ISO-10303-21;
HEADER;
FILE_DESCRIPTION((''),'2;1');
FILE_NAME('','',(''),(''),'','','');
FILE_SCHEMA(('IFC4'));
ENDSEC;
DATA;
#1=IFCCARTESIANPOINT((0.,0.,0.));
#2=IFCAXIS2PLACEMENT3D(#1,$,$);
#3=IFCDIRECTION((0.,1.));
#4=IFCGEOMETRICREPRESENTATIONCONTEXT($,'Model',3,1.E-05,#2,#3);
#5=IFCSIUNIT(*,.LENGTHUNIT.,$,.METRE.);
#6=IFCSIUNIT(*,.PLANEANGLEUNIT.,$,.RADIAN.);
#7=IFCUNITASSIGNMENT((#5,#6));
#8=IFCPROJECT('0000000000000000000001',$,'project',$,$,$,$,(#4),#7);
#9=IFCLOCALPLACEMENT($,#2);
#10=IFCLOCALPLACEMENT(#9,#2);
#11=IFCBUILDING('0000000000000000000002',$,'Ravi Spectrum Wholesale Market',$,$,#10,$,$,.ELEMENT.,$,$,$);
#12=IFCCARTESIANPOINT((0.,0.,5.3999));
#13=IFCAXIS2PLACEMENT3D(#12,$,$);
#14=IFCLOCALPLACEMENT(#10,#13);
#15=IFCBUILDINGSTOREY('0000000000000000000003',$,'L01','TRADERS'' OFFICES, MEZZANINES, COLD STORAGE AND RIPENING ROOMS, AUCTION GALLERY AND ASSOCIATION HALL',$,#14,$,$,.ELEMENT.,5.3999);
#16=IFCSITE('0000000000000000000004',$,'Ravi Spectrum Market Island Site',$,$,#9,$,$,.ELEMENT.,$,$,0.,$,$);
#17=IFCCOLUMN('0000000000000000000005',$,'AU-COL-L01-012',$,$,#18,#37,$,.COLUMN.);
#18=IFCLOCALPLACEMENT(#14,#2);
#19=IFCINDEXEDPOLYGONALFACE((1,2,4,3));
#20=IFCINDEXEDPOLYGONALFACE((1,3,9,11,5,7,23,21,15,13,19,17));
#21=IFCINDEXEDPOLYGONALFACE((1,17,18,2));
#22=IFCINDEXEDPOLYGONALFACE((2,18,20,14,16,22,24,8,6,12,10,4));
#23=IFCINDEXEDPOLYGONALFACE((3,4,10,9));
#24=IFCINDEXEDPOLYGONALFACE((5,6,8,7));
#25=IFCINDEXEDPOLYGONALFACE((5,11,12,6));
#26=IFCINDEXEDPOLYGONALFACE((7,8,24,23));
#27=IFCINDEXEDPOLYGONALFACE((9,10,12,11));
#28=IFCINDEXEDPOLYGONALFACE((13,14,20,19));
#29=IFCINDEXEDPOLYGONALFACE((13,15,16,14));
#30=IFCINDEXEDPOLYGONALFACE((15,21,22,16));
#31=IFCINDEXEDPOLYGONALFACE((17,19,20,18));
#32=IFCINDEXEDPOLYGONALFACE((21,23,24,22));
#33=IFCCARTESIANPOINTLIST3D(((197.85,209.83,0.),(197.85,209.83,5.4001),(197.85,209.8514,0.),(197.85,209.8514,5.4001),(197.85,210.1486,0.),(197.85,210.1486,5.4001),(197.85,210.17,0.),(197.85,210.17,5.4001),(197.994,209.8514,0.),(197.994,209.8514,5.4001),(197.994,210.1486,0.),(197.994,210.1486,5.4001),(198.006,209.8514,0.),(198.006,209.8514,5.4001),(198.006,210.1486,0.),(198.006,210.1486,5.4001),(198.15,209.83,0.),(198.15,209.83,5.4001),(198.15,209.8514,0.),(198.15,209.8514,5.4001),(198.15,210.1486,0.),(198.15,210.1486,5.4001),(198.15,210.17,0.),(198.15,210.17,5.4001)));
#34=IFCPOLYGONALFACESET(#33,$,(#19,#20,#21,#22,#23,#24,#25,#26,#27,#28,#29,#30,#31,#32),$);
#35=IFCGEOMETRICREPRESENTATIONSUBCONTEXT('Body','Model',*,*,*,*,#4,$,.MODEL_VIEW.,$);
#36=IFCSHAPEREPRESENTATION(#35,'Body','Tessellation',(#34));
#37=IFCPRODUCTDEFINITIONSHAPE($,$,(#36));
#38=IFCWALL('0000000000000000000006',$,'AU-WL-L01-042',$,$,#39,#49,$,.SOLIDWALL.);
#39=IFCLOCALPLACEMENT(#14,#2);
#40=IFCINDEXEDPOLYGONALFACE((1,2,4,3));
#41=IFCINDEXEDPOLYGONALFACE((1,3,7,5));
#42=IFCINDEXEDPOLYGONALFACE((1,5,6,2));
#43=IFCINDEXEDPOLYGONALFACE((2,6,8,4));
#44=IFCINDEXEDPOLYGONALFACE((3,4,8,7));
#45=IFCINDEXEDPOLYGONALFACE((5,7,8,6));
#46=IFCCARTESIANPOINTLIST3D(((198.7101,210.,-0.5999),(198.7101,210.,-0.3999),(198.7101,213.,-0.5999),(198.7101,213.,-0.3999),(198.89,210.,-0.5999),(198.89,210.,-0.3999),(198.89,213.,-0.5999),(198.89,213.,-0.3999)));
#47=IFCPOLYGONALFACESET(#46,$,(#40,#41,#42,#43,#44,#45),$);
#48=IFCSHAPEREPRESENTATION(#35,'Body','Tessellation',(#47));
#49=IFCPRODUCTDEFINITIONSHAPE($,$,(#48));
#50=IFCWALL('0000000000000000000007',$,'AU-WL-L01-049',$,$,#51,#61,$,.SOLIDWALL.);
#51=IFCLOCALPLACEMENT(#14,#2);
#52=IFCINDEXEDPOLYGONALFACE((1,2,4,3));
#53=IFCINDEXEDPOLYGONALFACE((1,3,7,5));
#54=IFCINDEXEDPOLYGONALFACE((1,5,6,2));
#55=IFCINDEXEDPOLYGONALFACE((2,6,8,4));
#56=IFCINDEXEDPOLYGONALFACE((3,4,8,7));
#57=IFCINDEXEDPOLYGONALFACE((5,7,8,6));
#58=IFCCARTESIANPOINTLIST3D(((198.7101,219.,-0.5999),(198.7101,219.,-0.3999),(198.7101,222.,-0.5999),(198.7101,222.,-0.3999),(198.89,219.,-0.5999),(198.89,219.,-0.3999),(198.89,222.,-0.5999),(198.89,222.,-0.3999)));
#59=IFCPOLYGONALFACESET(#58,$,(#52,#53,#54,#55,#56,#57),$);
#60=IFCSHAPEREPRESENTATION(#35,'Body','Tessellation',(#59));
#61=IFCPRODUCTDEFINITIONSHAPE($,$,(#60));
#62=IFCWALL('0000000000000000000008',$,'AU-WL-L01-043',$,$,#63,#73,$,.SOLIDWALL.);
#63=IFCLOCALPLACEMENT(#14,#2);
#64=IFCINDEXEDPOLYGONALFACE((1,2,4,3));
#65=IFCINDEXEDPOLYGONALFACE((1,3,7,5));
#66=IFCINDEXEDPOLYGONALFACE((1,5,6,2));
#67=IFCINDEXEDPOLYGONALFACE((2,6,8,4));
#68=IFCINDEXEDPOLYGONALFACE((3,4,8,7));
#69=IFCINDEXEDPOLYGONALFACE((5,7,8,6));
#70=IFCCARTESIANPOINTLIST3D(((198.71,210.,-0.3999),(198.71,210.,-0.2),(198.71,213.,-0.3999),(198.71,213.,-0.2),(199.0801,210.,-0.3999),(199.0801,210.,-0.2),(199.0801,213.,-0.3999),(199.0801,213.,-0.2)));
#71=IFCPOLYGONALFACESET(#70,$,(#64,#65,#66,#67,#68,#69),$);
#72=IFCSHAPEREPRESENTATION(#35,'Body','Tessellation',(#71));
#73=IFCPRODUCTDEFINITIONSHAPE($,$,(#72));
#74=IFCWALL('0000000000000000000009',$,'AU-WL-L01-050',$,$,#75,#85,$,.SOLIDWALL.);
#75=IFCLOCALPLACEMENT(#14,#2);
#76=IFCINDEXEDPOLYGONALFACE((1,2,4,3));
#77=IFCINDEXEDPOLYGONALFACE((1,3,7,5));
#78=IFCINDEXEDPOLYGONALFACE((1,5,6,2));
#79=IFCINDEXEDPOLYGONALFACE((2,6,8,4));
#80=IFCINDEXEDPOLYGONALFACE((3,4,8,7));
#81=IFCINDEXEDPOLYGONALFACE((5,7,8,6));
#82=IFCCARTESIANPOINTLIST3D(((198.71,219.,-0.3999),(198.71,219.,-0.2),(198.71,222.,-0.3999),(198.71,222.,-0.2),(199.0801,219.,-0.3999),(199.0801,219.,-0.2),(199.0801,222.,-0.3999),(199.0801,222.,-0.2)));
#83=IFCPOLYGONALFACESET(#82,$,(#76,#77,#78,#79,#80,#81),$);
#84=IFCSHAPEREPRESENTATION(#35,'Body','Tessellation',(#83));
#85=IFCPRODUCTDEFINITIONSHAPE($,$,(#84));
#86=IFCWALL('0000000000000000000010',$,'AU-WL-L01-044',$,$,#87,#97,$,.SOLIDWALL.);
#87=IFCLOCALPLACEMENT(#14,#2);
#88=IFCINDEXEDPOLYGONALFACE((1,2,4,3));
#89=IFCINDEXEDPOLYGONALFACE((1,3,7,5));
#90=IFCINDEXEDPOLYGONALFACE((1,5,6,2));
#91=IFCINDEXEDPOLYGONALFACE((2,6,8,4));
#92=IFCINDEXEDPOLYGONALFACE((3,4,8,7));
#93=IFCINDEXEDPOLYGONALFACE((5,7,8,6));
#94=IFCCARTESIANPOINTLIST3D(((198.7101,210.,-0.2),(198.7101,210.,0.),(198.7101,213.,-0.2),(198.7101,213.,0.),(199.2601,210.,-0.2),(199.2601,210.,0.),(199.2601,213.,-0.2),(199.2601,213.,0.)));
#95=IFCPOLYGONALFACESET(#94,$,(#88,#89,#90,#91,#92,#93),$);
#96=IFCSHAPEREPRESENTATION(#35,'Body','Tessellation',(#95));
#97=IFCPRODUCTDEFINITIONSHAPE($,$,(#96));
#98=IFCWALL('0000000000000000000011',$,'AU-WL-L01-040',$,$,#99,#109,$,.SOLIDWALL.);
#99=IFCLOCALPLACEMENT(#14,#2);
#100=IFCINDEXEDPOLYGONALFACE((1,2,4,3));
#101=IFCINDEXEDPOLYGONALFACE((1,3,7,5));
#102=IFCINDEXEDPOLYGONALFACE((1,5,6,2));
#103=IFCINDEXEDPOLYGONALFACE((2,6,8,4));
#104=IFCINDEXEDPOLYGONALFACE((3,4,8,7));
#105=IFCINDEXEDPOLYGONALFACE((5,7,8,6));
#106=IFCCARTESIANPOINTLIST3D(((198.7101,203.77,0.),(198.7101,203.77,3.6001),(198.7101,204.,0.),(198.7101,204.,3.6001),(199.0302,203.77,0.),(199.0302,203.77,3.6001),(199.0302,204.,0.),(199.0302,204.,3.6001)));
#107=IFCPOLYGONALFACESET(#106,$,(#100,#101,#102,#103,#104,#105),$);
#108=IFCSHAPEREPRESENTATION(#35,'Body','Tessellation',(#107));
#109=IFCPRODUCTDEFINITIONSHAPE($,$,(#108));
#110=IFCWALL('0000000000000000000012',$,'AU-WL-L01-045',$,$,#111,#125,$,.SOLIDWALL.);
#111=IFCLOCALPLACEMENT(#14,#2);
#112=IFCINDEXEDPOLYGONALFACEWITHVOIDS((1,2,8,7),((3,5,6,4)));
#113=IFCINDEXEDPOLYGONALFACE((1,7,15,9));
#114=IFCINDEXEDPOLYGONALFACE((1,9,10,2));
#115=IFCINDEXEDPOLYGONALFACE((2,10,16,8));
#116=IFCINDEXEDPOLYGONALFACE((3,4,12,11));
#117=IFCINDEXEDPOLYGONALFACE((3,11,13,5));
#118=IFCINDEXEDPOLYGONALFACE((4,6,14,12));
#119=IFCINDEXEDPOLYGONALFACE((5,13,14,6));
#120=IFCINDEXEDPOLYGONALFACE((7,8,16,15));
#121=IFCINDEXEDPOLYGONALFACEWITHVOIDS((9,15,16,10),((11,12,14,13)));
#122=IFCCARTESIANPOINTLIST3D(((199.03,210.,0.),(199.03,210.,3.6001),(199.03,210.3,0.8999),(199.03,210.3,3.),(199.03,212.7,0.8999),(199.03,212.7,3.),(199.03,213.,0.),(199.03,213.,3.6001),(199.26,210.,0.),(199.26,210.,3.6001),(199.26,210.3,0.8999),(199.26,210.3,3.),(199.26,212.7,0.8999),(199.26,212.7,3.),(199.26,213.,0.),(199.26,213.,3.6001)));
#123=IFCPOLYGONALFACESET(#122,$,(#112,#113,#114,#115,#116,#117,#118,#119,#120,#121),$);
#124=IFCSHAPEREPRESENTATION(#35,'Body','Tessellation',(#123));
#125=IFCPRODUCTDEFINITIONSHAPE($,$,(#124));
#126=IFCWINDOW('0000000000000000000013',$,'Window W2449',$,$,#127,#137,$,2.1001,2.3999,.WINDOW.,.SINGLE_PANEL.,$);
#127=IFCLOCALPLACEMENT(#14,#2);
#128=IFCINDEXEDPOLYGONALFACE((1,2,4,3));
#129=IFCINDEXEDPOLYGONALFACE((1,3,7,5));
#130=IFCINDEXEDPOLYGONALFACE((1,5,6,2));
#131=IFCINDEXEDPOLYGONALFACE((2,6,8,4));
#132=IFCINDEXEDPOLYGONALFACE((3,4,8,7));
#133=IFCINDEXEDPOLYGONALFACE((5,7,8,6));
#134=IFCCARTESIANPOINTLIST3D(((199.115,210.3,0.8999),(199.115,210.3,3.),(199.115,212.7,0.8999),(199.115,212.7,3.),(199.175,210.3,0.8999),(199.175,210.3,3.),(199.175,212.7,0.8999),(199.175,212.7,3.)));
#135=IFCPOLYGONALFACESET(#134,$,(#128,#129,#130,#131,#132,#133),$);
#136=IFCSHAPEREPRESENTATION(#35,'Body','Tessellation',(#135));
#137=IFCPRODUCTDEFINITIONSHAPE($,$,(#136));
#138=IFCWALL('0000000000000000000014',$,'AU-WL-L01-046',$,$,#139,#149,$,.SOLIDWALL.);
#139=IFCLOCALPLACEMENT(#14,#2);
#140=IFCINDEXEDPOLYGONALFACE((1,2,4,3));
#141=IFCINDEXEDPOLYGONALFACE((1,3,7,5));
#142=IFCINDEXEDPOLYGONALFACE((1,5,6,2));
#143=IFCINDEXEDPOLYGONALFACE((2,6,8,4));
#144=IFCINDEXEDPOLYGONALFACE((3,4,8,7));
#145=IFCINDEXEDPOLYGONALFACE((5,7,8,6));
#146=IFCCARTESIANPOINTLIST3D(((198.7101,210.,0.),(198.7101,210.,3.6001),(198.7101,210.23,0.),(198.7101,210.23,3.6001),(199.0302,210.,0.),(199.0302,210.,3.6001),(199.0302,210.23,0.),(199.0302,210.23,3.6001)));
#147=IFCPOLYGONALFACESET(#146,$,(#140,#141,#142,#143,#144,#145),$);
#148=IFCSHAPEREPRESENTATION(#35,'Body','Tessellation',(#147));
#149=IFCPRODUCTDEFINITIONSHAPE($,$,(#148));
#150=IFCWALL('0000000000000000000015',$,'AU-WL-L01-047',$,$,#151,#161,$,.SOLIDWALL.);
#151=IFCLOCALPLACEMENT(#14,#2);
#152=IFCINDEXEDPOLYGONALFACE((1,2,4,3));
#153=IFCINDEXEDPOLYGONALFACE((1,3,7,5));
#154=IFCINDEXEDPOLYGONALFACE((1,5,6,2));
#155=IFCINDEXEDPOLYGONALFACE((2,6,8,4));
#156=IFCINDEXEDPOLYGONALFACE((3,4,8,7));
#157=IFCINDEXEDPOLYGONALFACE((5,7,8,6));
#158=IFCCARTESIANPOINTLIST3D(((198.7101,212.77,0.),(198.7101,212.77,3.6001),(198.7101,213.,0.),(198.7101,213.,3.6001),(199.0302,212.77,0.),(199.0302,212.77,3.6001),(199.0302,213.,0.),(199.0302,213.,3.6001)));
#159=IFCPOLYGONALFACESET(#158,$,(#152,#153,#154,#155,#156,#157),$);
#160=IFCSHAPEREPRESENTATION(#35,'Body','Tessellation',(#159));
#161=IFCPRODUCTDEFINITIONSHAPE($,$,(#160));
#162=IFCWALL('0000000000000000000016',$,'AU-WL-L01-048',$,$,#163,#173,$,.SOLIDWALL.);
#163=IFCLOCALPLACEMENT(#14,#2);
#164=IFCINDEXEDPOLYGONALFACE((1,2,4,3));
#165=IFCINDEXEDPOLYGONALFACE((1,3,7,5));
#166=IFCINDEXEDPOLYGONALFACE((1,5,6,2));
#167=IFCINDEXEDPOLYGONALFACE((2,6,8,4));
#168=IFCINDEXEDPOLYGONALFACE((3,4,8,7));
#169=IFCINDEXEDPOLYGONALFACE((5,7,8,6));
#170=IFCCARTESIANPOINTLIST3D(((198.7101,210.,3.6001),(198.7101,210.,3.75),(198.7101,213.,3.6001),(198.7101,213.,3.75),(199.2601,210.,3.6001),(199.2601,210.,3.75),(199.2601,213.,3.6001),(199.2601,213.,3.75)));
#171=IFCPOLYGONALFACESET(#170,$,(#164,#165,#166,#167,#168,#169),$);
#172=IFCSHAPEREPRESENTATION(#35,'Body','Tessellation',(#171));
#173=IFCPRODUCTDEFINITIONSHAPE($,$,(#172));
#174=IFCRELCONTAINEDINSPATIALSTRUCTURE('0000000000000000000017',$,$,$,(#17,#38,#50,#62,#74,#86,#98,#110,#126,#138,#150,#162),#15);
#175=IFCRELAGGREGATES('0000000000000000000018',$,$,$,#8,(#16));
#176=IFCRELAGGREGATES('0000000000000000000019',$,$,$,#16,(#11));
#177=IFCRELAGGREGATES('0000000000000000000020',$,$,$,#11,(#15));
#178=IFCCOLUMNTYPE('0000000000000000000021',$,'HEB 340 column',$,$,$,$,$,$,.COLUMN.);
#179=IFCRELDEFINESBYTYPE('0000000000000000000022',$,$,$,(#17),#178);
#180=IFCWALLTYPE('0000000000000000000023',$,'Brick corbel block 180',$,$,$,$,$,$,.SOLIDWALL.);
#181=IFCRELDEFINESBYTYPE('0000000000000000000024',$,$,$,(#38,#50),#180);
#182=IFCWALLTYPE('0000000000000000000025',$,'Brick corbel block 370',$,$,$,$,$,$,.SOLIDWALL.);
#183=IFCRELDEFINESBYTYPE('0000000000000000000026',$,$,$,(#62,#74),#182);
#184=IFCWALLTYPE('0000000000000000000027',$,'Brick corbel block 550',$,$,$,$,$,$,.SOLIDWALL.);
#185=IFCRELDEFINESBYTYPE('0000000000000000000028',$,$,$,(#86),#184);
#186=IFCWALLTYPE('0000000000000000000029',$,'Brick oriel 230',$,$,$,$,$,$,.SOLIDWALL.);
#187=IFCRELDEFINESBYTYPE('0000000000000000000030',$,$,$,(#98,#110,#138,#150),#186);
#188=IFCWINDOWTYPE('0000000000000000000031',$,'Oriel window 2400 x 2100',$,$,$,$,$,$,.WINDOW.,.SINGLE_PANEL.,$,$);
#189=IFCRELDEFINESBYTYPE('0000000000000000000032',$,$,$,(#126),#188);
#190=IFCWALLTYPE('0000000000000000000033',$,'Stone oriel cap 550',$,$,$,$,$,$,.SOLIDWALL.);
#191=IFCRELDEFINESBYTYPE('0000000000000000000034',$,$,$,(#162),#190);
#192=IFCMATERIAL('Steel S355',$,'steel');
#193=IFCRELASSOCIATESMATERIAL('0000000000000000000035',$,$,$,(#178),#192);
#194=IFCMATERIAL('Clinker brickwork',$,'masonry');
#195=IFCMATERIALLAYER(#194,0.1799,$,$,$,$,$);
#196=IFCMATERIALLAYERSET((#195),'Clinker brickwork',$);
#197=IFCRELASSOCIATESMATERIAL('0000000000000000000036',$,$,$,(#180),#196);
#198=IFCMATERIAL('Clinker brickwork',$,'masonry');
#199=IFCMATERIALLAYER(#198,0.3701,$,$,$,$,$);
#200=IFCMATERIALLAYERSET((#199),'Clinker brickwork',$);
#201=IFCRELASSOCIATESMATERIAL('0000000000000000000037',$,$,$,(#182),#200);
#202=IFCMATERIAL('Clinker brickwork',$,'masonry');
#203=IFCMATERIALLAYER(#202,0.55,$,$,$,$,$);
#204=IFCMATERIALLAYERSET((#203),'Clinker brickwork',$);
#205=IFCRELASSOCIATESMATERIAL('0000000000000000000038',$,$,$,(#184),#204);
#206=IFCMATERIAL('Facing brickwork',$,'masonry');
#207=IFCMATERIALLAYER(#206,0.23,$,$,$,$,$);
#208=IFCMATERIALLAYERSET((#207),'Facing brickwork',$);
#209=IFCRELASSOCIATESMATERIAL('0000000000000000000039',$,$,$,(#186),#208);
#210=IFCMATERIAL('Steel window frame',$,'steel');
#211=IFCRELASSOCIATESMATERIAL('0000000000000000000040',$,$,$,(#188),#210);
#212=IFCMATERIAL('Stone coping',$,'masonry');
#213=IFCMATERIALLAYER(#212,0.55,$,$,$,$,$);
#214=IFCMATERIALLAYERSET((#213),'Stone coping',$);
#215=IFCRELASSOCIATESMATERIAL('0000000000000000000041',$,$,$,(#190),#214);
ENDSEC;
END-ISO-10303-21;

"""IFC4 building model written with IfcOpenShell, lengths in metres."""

from ifc_helpers import new_model, si_unit, direction, frame, frame_2d, origin, origin_2d, place, context, subcontext, project, spatial, rectangle, i_section, extrude, material, layer, layer_set, material_profile, profile_set, type_object, element, fill, save


model = new_model("IFC4")

# Units and contexts
model_context = context("Model", 3, precision=1e-05, world=origin(), true_north=direction((0.0, 1.0)))
body_context = subcontext(model_context, "Body", "Model", "MODEL_VIEW")
ifc_project = project(units=[si_unit("LENGTHUNIT", "METRE"), si_unit("PLANEANGLEUNIT", "RADIAN")], contexts=[model_context])

# Site, building, storey
site_placement = place(None, origin())
site = spatial("IfcSite", under=ifc_project, at=site_placement, Name="Ravi Spectrum Market Island Site", CompositionType="ELEMENT", RefElevation=0.0)
building_placement = place(site_placement, origin())
building = spatial("IfcBuilding", under=site, at=building_placement, Name="Ravi Spectrum Wholesale Market", CompositionType="ELEMENT")
storey_placement = place(building_placement, frame((0.0, 0.0, 5.3999)))
storey = spatial("IfcBuildingStorey", under=building, at=storey_placement, Name="L01", Description="TRADERS' OFFICES, MEZZANINES, COLD STORAGE AND RIPENING ROOMS, AUCTION GALLERY AND ASSOCIATION HALL", CompositionType="ELEMENT", Elevation=5.3999)

# Column
ifc_material_1 = material(Name="Steel S355", Category="steel")
ifc_material_profile = material_profile(ifc_material_1, i_section(OverallWidth=0.3, OverallDepth=0.3401, WebThickness=0.012, FlangeThickness=0.0215, at=origin_2d()))
ifc_profile_set = profile_set([ifc_material_profile], Name="Steel S355")
column_type = type_object("IfcColumnType", Name="HEB 340 column", PredefinedType="COLUMN", material=ifc_profile_set)
column_placement = place(storey_placement, frame((198.0, 210.0, 0.0), z_axis=(0.0, 0.0, 1.0), x_axis=(1.0, 0.0, 0.0)))
element("IfcColumn", 1, at=column_placement, inside=storey, type_object=column_type, Name="AU-COL-L01-012", PredefinedType="COLUMN", context=body_context, shape_type="SweptSolid", body=[
    extrude(i_section(OverallWidth=0.3, OverallDepth=0.3401, WebThickness=0.012, FlangeThickness=0.0215, at=origin_2d()), origin(), (0.0, 0.0, 1.0), 5.4001),
])

# Walls
ifc_material_2 = material(Name="Clinker brickwork", Category="masonry")
ifc_layer_1 = layer(ifc_material_2, 0.1799)
ifc_layer_set_1 = layer_set([ifc_layer_1], Name="Clinker brickwork")
wall_type_1 = type_object("IfcWallType", Name="Brick corbel block 180", PredefinedType="SOLIDWALL", material=ifc_layer_set_1)
for number, where, z_axis, x_axis, name in (
    (2, (198.8, 210.0, -0.5999), (0.0, 0.0, 1.0), (0.0, 1.0, 0.0), "AU-WL-L01-042"),
    (3, (198.8, 219.0, -0.5999), (0.0, 0.0, 1.0), (0.0, 1.0, 0.0), "AU-WL-L01-049"),
):
    element("IfcWall", number, at=place(storey_placement, frame(where, z_axis=z_axis, x_axis=x_axis)), inside=storey, type_object=wall_type_1, Name=name, PredefinedType="SOLIDWALL", context=body_context, shape_type="SweptSolid", body=[
        extrude(rectangle(XDim=3.0, YDim=0.1799, at=frame_2d((1.5, 0.0))), origin(), (0.0, 0.0, 1.0), 0.2),
    ])
ifc_material_3 = material(Name="Clinker brickwork", Category="masonry")
ifc_layer_2 = layer(ifc_material_3, 0.3701)
ifc_layer_set_2 = layer_set([ifc_layer_2], Name="Clinker brickwork")
wall_type_2 = type_object("IfcWallType", Name="Brick corbel block 370", PredefinedType="SOLIDWALL", material=ifc_layer_set_2)
for number, where, z_axis, x_axis, name in (
    (4, (198.895, 210.0, -0.3999), (0.0, 0.0, 1.0), (0.0, 1.0, 0.0), "AU-WL-L01-043"),
    (5, (198.895, 219.0, -0.3999), (0.0, 0.0, 1.0), (0.0, 1.0, 0.0), "AU-WL-L01-050"),
):
    element("IfcWall", number, at=place(storey_placement, frame(where, z_axis=z_axis, x_axis=x_axis)), inside=storey, type_object=wall_type_2, Name=name, PredefinedType="SOLIDWALL", context=body_context, shape_type="SweptSolid", body=[
        extrude(rectangle(XDim=3.0, YDim=0.3701, at=frame_2d((1.5, 0.0))), origin(), (0.0, 0.0, 1.0), 0.2),
    ])
ifc_material_4 = material(Name="Clinker brickwork", Category="masonry")
ifc_layer_3 = layer(ifc_material_4, 0.55)
ifc_layer_set_3 = layer_set([ifc_layer_3], Name="Clinker brickwork")
wall_type_3 = type_object("IfcWallType", Name="Brick corbel block 550", PredefinedType="SOLIDWALL", material=ifc_layer_set_3)
wall_1_placement = place(storey_placement, frame((198.9851, 210.0, -0.2), z_axis=(0.0, 0.0, 1.0), x_axis=(0.0, 1.0, 0.0)))
element("IfcWall", 6, at=wall_1_placement, inside=storey, type_object=wall_type_3, Name="AU-WL-L01-044", PredefinedType="SOLIDWALL", context=body_context, shape_type="SweptSolid", body=[
    extrude(rectangle(XDim=3.0, YDim=0.55, at=frame_2d((1.5, 0.0))), origin(), (0.0, 0.0, 1.0), 0.2),
])
ifc_material_5 = material(Name="Facing brickwork", Category="masonry")
ifc_layer_4 = layer(ifc_material_5, 0.23)
ifc_layer_set_4 = layer_set([ifc_layer_4], Name="Facing brickwork")
wall_type_4 = type_object("IfcWallType", Name="Brick oriel 230", PredefinedType="SOLIDWALL", material=ifc_layer_set_4)
wall_2_placement = place(storey_placement, frame((198.71, 203.885, 0.0), z_axis=(0.0, 0.0, 1.0), x_axis=(1.0, 0.0, 0.0)))
element("IfcWall", 7, at=wall_2_placement, inside=storey, type_object=wall_type_4, Name="AU-WL-L01-040", PredefinedType="SOLIDWALL", context=body_context, shape_type="SweptSolid", body=[
    extrude(rectangle(XDim=0.3201, YDim=0.23, at=frame_2d((0.1602, 0.0))), origin(), (0.0, 0.0, 1.0), 3.6001),
])

# Wall, opening, window
wall_3_placement = place(storey_placement, frame((199.145, 210.0, 0.0), z_axis=(0.0, 0.0, 1.0), x_axis=(0.0, 1.0, 0.0)))
wall_3 = element("IfcWall", 8, at=wall_3_placement, inside=storey, type_object=wall_type_4, Name="AU-WL-L01-045", PredefinedType="SOLIDWALL", context=body_context, shape_type="SweptSolid", body=[
    extrude(rectangle(XDim=3.0, YDim=0.23, at=frame_2d((1.5, 0.0))), origin(), (0.0, 0.0, 1.0), 3.6001),
])
opening_placement = place(wall_3_placement, frame((0.3, 0.0, 0.8999)))
opening = element("IfcOpeningElement", 9, at=opening_placement, cuts=wall_3, PredefinedType="OPENING", context=body_context, shape_type="SweptSolid", body=[
    extrude(rectangle(XDim=2.3999, YDim=2.1001, at=frame_2d((1.2, 1.05))), frame((0.0, 0.125, 0.0), z_axis=(0.0, -1.0, 0.0), x_axis=(1.0, 0.0, 0.0)), (0.0, 0.0, 1.0), 0.25),
])
ifc_material_6 = material(Name="Steel window frame", Category="steel")
window_type = type_object("IfcWindowType", Name="Oriel window 2400 x 2100", PartitioningType="SINGLE_PANEL", PredefinedType="WINDOW", material=ifc_material_6)
window_placement = place(opening_placement, origin())
window = element("IfcWindow", 10, at=window_placement, inside=storey, type_object=window_type, Name="Window W2449", OverallHeight=2.1001, OverallWidth=2.3999, PartitioningType="SINGLE_PANEL", PredefinedType="WINDOW", context=body_context, shape_type="SweptSolid", body=[
    extrude(rectangle(XDim=2.3999, YDim=2.1001, at=frame_2d((1.2, 1.05))), frame((0.0, 0.03, 0.0), z_axis=(0.0, -1.0, 0.0), x_axis=(1.0, 0.0, 0.0)), (0.0, 0.0, 1.0), 0.0601),
])
fill(opening, window)

# Walls
for number, where, z_axis, x_axis, name in (
    (11, (198.71, 210.115, 0.0), (0.0, 0.0, 1.0), (1.0, 0.0, 0.0), "AU-WL-L01-046"),
    (12, (198.71, 212.885, 0.0), (0.0, 0.0, 1.0), (1.0, 0.0, 0.0), "AU-WL-L01-047"),
):
    element("IfcWall", number, at=place(storey_placement, frame(where, z_axis=z_axis, x_axis=x_axis)), inside=storey, type_object=wall_type_4, Name=name, PredefinedType="SOLIDWALL", context=body_context, shape_type="SweptSolid", body=[
        extrude(rectangle(XDim=0.3201, YDim=0.23, at=frame_2d((0.1602, 0.0))), origin(), (0.0, 0.0, 1.0), 3.6001),
    ])
ifc_material_7 = material(Name="Stone coping", Category="masonry")
ifc_layer_5 = layer(ifc_material_7, 0.55)
ifc_layer_set_5 = layer_set([ifc_layer_5], Name="Stone coping")
wall_type_5 = type_object("IfcWallType", Name="Stone oriel cap 550", PredefinedType="SOLIDWALL", material=ifc_layer_set_5)
wall_4_placement = place(storey_placement, frame((198.9851, 210.0, 3.6001), z_axis=(0.0, 0.0, 1.0), x_axis=(0.0, 1.0, 0.0)))
element("IfcWall", 13, at=wall_4_placement, inside=storey, type_object=wall_type_5, Name="AU-WL-L01-048", PredefinedType="SOLIDWALL", context=body_context, shape_type="SweptSolid", body=[
    extrude(rectangle(XDim=3.0, YDim=0.55, at=frame_2d((1.5, 0.0))), origin(), (0.0, 0.0, 1.0), 0.1499),
])

save(model, "model.ifc")
